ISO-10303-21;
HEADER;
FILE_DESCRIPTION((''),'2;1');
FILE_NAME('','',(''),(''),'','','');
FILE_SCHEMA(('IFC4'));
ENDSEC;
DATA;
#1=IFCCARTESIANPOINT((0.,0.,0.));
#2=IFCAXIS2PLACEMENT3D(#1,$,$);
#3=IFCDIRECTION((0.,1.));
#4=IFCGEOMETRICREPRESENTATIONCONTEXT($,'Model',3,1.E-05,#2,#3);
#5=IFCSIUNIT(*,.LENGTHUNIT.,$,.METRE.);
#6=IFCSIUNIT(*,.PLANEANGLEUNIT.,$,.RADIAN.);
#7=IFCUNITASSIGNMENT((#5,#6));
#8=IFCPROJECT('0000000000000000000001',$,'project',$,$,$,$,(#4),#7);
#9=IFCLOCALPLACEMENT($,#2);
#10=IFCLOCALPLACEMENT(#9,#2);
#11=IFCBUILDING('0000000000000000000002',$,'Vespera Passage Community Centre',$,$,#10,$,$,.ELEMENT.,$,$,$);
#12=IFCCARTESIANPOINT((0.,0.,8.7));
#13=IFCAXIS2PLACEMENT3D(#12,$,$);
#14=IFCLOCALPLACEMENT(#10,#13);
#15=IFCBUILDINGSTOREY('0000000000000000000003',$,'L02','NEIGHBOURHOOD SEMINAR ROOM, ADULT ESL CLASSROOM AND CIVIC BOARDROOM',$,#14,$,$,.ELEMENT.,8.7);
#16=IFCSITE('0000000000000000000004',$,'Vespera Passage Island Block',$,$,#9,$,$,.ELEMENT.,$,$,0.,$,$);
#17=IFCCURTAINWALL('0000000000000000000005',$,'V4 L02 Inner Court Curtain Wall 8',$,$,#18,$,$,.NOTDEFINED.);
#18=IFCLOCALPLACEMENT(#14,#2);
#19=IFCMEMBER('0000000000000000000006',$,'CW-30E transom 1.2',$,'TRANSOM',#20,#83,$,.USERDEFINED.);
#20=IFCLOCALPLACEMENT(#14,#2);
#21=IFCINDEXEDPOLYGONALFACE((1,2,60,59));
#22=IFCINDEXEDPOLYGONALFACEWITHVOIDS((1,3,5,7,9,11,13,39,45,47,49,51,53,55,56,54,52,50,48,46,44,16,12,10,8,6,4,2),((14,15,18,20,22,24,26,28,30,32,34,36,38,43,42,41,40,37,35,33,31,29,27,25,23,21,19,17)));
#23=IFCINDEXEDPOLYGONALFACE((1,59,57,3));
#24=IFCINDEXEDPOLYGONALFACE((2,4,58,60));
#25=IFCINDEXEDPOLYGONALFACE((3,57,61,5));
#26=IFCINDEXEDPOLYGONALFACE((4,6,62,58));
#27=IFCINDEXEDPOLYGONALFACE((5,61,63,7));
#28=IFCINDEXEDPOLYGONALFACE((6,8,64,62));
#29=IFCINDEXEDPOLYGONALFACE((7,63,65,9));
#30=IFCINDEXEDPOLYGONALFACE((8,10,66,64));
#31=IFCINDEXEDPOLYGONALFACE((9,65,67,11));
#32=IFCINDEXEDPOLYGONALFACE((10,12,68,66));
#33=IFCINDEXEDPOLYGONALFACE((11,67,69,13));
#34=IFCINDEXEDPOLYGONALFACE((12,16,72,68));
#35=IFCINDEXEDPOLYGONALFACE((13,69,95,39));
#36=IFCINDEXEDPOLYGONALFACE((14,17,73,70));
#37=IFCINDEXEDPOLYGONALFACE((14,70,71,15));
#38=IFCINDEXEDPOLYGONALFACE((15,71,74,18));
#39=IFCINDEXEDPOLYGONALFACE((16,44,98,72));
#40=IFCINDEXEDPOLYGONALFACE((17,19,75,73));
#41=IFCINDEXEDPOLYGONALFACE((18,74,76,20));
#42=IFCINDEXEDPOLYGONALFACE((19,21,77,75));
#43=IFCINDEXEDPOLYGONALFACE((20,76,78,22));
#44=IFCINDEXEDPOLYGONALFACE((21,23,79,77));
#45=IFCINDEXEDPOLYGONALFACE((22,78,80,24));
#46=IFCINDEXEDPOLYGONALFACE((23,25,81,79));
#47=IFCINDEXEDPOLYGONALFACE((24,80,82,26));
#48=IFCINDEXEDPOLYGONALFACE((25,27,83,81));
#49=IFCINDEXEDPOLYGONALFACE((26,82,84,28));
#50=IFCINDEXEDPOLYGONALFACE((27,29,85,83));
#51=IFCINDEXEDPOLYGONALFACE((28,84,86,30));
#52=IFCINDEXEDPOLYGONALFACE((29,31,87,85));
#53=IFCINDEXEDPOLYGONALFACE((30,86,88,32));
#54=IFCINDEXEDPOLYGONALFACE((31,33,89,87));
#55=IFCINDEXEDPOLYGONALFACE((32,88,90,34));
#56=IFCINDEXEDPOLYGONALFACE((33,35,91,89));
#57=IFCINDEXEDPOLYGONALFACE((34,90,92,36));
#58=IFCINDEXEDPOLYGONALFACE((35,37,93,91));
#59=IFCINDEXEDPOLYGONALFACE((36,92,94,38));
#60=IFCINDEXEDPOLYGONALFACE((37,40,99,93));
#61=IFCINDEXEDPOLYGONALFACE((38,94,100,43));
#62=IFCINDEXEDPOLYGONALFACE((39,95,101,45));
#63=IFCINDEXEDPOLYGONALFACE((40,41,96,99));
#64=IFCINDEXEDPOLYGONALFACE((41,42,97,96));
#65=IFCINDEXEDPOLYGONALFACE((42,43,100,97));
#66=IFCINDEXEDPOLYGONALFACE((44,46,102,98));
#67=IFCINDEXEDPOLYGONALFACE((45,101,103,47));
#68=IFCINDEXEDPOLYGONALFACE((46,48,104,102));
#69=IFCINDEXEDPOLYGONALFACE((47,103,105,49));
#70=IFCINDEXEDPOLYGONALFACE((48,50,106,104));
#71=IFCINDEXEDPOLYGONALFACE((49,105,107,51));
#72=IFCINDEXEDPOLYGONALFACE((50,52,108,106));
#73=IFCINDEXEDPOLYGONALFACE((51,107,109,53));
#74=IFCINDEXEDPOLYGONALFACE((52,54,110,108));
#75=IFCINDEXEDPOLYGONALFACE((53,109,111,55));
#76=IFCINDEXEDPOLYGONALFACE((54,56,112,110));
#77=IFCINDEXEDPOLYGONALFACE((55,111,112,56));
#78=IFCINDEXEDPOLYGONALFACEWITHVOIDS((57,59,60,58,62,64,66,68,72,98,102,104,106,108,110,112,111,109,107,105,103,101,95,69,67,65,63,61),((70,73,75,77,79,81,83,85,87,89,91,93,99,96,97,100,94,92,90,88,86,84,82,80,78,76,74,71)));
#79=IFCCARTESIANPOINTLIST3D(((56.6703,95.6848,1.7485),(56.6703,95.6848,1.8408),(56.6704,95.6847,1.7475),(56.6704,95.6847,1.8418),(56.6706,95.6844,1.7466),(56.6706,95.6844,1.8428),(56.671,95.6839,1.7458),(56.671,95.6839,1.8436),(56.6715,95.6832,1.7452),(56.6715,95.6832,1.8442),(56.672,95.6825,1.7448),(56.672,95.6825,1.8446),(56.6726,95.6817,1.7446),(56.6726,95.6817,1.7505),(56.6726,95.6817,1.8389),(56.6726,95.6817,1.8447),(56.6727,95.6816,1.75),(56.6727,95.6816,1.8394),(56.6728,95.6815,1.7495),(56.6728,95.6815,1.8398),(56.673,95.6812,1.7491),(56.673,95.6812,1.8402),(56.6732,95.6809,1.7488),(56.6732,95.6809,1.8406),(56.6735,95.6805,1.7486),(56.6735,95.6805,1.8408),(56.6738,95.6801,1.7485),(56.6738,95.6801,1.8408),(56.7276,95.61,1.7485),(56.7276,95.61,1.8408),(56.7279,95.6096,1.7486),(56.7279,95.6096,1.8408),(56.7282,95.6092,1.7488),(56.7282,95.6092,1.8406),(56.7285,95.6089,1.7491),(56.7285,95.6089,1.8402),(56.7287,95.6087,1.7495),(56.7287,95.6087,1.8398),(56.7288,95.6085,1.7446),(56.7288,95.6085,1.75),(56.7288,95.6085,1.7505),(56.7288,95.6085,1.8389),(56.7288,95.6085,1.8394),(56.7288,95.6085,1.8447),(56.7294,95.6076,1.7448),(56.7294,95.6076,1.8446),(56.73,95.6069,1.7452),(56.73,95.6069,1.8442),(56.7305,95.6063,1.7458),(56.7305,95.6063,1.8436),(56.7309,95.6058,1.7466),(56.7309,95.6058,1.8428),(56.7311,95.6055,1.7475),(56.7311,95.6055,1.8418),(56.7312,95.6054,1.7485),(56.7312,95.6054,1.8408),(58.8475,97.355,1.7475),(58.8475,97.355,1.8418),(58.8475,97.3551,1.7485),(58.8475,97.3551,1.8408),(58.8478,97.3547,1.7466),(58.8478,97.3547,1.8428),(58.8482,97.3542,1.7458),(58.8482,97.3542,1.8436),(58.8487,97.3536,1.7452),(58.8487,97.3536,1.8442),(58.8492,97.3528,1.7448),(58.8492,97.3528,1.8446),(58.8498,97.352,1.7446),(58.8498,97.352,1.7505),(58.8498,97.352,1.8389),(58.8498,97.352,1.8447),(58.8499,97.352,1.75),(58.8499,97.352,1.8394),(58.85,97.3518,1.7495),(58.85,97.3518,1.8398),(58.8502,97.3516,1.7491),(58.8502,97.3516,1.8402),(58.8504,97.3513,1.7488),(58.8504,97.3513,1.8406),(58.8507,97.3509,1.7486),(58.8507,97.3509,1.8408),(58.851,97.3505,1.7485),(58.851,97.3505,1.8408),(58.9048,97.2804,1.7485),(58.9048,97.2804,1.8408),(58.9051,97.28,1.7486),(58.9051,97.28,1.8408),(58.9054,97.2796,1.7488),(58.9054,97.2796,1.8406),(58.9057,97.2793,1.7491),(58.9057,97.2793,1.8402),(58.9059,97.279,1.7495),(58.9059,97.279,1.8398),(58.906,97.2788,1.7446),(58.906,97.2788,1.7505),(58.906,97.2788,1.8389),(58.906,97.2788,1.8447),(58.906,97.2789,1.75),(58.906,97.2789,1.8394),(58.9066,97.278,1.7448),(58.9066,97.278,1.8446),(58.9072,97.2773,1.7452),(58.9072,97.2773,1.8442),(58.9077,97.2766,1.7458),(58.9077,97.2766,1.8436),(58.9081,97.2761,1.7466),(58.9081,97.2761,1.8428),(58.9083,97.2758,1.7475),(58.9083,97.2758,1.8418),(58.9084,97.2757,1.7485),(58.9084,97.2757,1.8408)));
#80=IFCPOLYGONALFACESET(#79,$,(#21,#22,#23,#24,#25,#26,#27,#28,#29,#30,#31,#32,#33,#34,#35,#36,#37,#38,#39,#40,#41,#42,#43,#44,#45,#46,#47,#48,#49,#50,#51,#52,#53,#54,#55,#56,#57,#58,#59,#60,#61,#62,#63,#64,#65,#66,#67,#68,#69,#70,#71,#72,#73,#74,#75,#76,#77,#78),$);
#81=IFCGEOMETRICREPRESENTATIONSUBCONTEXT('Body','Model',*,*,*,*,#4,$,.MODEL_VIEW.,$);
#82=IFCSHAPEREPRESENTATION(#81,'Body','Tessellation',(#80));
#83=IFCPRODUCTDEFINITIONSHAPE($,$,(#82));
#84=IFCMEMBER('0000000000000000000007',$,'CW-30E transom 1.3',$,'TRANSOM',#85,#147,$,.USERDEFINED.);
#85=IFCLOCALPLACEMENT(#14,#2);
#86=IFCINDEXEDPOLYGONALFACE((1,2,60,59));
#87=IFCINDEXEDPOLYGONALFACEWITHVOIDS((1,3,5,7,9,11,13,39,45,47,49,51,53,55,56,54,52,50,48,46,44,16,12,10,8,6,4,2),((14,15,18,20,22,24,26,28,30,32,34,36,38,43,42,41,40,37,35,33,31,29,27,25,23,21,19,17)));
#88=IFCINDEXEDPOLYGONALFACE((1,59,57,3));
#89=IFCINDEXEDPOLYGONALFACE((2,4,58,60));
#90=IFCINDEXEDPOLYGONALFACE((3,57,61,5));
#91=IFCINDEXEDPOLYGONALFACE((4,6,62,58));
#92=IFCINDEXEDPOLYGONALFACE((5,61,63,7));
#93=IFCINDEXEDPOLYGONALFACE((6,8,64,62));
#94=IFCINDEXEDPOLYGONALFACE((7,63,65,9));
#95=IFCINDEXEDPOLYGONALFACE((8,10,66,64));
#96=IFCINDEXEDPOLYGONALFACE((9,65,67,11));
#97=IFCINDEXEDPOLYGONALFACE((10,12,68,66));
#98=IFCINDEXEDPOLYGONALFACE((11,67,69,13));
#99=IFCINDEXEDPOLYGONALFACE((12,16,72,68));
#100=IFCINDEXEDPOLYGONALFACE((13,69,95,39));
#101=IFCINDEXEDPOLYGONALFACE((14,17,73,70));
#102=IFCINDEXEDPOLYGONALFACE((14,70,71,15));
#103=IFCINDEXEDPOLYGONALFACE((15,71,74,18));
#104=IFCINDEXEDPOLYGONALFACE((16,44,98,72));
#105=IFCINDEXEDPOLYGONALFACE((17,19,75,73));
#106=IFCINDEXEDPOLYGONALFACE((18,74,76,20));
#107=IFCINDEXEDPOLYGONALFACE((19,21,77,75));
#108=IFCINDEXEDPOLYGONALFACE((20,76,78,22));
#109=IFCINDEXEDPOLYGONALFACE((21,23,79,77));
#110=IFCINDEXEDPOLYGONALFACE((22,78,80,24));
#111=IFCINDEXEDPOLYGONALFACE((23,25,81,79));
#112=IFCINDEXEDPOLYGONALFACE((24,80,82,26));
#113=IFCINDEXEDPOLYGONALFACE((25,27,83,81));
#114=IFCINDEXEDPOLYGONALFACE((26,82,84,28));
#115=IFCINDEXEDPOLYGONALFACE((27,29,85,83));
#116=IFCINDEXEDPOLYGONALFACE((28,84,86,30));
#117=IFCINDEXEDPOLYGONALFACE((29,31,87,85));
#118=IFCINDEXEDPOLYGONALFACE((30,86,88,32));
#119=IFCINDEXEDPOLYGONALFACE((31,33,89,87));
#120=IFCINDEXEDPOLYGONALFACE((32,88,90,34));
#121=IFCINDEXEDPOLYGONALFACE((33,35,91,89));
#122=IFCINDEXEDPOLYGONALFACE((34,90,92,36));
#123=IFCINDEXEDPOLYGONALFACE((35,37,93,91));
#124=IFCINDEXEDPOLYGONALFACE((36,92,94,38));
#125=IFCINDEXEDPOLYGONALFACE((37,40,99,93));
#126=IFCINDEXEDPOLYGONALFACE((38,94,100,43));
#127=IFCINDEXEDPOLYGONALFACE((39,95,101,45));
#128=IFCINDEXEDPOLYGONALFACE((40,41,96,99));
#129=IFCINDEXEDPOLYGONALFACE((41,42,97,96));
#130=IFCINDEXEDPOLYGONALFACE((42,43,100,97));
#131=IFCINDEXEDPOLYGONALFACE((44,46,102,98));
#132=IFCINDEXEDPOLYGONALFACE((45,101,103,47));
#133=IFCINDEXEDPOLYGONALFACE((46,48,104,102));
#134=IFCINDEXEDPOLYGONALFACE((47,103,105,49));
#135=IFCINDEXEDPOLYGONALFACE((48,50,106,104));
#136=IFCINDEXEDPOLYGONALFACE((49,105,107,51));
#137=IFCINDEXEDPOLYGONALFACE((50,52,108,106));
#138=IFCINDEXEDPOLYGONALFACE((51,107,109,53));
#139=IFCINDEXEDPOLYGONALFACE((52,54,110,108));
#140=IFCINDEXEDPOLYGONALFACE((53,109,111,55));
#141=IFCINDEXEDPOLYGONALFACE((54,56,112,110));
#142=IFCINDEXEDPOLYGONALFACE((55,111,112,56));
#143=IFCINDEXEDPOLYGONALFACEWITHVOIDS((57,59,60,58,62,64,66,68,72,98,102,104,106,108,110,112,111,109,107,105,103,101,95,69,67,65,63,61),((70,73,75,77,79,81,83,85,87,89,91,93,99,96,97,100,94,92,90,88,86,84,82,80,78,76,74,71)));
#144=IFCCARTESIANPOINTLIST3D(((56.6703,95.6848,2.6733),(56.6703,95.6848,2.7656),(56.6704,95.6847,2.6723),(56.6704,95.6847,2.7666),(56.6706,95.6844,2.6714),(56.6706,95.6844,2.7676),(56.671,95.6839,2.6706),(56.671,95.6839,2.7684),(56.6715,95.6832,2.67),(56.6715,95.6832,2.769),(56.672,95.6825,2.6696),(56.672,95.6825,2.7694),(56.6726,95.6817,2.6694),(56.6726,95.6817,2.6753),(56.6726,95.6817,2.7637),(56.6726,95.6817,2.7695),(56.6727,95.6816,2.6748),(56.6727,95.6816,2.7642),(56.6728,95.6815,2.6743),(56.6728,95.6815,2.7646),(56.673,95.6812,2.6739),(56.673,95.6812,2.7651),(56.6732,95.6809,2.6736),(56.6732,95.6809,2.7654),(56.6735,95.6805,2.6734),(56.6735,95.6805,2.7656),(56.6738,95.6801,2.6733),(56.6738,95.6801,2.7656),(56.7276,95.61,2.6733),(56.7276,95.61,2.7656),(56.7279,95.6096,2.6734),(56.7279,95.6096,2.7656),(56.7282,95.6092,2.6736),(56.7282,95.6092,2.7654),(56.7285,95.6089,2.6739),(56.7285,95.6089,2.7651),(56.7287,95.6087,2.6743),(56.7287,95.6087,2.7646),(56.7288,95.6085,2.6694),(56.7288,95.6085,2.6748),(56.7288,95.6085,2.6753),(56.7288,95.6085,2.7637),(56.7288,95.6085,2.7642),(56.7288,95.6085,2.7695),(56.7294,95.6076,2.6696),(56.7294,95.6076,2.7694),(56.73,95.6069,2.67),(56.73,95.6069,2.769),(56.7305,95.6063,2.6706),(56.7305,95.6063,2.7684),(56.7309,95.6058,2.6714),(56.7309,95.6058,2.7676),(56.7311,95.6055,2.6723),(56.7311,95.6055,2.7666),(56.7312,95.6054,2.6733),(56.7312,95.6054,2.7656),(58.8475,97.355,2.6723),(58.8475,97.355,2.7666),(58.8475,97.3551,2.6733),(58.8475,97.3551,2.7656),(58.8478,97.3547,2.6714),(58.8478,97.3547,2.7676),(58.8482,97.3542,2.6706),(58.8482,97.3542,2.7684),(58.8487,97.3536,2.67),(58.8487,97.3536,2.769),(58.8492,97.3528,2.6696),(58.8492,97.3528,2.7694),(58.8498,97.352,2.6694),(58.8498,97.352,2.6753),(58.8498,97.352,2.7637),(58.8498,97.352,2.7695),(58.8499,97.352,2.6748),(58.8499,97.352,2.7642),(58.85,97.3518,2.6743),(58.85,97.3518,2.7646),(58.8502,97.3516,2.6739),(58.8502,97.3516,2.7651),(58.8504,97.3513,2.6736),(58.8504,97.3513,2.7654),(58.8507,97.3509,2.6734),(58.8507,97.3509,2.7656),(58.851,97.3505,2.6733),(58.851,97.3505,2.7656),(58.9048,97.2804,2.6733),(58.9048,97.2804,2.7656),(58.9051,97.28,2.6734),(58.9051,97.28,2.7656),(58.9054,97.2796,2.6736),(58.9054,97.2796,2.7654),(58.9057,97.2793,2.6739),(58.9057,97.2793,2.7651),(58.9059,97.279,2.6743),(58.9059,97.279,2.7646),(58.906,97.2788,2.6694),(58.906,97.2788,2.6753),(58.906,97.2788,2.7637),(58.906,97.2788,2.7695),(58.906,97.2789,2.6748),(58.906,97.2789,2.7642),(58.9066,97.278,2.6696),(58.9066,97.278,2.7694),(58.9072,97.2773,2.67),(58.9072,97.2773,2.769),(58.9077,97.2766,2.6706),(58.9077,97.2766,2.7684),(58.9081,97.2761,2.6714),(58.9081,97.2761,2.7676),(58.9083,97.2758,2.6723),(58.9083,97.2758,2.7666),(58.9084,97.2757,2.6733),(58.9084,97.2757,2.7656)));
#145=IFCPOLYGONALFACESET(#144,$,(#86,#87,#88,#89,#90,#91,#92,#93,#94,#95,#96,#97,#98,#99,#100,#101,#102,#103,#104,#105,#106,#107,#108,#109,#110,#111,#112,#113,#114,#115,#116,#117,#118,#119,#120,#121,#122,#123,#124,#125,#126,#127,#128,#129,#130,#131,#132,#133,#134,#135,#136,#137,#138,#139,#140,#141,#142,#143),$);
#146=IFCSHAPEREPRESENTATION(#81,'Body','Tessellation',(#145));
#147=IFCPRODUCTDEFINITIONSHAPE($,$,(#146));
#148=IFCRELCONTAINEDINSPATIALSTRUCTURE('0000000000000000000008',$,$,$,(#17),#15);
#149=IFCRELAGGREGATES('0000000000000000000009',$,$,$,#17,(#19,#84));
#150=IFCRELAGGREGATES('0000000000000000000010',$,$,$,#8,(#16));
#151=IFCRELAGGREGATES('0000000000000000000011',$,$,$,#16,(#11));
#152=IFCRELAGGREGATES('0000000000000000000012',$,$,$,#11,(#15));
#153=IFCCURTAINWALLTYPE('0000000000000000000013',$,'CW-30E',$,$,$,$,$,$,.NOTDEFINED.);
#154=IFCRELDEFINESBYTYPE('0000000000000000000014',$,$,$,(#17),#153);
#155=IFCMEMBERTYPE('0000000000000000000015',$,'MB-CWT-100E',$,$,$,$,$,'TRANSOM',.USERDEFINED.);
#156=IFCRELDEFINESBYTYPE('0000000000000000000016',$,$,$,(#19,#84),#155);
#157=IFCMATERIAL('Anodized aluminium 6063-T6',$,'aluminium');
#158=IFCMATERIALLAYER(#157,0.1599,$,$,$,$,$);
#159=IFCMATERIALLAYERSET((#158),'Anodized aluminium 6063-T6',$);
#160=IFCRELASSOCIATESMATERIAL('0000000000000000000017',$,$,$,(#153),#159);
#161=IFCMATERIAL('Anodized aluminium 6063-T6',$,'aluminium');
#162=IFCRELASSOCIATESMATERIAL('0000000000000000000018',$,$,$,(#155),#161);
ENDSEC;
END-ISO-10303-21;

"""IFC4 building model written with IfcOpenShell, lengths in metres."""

from ifc_helpers import new_model, si_unit, direction, frame, origin, origin_2d, place, context, subcontext, project, spatial, hollow_rectangle, extrude, material, layer, layer_set, material_profile, profile_set, type_object, element, aggregate, save


model = new_model("IFC4")

# Units and contexts
model_context = context("Model", 3, precision=1e-05, world=origin(), true_north=direction((0.0, 1.0)))
body_context = subcontext(model_context, "Body", "Model", "MODEL_VIEW")
ifc_project = project(units=[si_unit("LENGTHUNIT", "METRE"), si_unit("PLANEANGLEUNIT", "RADIAN")], contexts=[model_context])

# Site, building, storey
site_placement = place(None, origin())
site = spatial("IfcSite", under=ifc_project, at=site_placement, Name="Vespera Passage Island Block", CompositionType="ELEMENT", RefElevation=0.0)
building_placement = place(site_placement, origin())
building = spatial("IfcBuilding", under=site, at=building_placement, Name="Vespera Passage Community Centre", CompositionType="ELEMENT")
storey_placement = place(building_placement, frame((0.0, 0.0, 8.7)))
storey = spatial("IfcBuildingStorey", under=building, at=storey_placement, Name="L02", Description="NEIGHBOURHOOD SEMINAR ROOM, ADULT ESL CLASSROOM AND CIVIC BOARDROOM", CompositionType="ELEMENT", Elevation=8.7)

# Curtain wall
ifc_material_1 = material(Name="Anodized aluminium 6063-T6", Category="aluminium")
ifc_layer_1 = layer(ifc_material_1, 0.1599)
ifc_layer_set_1 = layer_set([ifc_layer_1], Name="Anodized aluminium 6063-T6")
curtain_wall_type_1 = type_object("IfcCurtainWallType", Name="CW-30E", PredefinedType="NOTDEFINED", material=ifc_layer_set_1)
curtain_wall_1_placement = place(storey_placement, origin())
curtain_wall_1 = element("IfcCurtainWall", 1, at=curtain_wall_1_placement, inside=storey, type_object=curtain_wall_type_1, Name="V4 L02 Inner Court Curtain Wall 8", PredefinedType="NOTDEFINED")

# Members
ifc_material_2 = material(Name="Anodized aluminium 6063-T6", Category="aluminium")
ifc_material_profile_1 = material_profile(ifc_material_2, hollow_rectangle(XDim=0.1001, YDim=0.1001, WallThickness=0.0039, InnerFilletRadius=0.002, OuterFilletRadius=0.0039, at=origin_2d()), Name="ALU100X100X4")
ifc_profile_set_1 = profile_set([ifc_material_profile_1], Name="Anodized aluminium 6063-T6")
member_type_1 = type_object("IfcMemberType", Name="MB-CWT-100E", ElementType="TRANSOM", PredefinedType="USERDEFINED", material=ifc_profile_set_1)
member_1_placement = place(storey_placement, frame((58.8779, 97.3154, 1.7947), z_axis=(-0.793397, -0.608704, 0.0), x_axis=(0.608704, -0.793397, 0.0)))
member_1 = element("IfcMember", 2, at=member_1_placement, type_object=member_type_1, Name="CW-30E transom 1.2", ObjectType="TRANSOM", PredefinedType="USERDEFINED", context=body_context, shape_type="SweptSolid", body=[
    extrude(hollow_rectangle(XDim=0.1001, YDim=0.1001, WallThickness=0.0039, InnerFilletRadius=0.002, OuterFilletRadius=0.0039, at=origin_2d()), origin(), (0.0, 0.0, 1.0), 2.7441),
])
member_2_placement = place(storey_placement, frame((58.8779, 97.3154, 2.7195), z_axis=(-0.793397, -0.608704, 0.0), x_axis=(0.608704, -0.793397, 0.0)))
member_2 = element("IfcMember", 3, at=member_2_placement, type_object=member_type_1, Name="CW-30E transom 1.3", ObjectType="TRANSOM", PredefinedType="USERDEFINED", context=body_context, shape_type="SweptSolid", body=[
    extrude(hollow_rectangle(XDim=0.1001, YDim=0.1001, WallThickness=0.0039, InnerFilletRadius=0.002, OuterFilletRadius=0.0039, at=origin_2d()), origin(), (0.0, 0.0, 1.0), 2.7441),
])

aggregate(curtain_wall_1, [member_1, member_2])

save(model, "model.ifc")
